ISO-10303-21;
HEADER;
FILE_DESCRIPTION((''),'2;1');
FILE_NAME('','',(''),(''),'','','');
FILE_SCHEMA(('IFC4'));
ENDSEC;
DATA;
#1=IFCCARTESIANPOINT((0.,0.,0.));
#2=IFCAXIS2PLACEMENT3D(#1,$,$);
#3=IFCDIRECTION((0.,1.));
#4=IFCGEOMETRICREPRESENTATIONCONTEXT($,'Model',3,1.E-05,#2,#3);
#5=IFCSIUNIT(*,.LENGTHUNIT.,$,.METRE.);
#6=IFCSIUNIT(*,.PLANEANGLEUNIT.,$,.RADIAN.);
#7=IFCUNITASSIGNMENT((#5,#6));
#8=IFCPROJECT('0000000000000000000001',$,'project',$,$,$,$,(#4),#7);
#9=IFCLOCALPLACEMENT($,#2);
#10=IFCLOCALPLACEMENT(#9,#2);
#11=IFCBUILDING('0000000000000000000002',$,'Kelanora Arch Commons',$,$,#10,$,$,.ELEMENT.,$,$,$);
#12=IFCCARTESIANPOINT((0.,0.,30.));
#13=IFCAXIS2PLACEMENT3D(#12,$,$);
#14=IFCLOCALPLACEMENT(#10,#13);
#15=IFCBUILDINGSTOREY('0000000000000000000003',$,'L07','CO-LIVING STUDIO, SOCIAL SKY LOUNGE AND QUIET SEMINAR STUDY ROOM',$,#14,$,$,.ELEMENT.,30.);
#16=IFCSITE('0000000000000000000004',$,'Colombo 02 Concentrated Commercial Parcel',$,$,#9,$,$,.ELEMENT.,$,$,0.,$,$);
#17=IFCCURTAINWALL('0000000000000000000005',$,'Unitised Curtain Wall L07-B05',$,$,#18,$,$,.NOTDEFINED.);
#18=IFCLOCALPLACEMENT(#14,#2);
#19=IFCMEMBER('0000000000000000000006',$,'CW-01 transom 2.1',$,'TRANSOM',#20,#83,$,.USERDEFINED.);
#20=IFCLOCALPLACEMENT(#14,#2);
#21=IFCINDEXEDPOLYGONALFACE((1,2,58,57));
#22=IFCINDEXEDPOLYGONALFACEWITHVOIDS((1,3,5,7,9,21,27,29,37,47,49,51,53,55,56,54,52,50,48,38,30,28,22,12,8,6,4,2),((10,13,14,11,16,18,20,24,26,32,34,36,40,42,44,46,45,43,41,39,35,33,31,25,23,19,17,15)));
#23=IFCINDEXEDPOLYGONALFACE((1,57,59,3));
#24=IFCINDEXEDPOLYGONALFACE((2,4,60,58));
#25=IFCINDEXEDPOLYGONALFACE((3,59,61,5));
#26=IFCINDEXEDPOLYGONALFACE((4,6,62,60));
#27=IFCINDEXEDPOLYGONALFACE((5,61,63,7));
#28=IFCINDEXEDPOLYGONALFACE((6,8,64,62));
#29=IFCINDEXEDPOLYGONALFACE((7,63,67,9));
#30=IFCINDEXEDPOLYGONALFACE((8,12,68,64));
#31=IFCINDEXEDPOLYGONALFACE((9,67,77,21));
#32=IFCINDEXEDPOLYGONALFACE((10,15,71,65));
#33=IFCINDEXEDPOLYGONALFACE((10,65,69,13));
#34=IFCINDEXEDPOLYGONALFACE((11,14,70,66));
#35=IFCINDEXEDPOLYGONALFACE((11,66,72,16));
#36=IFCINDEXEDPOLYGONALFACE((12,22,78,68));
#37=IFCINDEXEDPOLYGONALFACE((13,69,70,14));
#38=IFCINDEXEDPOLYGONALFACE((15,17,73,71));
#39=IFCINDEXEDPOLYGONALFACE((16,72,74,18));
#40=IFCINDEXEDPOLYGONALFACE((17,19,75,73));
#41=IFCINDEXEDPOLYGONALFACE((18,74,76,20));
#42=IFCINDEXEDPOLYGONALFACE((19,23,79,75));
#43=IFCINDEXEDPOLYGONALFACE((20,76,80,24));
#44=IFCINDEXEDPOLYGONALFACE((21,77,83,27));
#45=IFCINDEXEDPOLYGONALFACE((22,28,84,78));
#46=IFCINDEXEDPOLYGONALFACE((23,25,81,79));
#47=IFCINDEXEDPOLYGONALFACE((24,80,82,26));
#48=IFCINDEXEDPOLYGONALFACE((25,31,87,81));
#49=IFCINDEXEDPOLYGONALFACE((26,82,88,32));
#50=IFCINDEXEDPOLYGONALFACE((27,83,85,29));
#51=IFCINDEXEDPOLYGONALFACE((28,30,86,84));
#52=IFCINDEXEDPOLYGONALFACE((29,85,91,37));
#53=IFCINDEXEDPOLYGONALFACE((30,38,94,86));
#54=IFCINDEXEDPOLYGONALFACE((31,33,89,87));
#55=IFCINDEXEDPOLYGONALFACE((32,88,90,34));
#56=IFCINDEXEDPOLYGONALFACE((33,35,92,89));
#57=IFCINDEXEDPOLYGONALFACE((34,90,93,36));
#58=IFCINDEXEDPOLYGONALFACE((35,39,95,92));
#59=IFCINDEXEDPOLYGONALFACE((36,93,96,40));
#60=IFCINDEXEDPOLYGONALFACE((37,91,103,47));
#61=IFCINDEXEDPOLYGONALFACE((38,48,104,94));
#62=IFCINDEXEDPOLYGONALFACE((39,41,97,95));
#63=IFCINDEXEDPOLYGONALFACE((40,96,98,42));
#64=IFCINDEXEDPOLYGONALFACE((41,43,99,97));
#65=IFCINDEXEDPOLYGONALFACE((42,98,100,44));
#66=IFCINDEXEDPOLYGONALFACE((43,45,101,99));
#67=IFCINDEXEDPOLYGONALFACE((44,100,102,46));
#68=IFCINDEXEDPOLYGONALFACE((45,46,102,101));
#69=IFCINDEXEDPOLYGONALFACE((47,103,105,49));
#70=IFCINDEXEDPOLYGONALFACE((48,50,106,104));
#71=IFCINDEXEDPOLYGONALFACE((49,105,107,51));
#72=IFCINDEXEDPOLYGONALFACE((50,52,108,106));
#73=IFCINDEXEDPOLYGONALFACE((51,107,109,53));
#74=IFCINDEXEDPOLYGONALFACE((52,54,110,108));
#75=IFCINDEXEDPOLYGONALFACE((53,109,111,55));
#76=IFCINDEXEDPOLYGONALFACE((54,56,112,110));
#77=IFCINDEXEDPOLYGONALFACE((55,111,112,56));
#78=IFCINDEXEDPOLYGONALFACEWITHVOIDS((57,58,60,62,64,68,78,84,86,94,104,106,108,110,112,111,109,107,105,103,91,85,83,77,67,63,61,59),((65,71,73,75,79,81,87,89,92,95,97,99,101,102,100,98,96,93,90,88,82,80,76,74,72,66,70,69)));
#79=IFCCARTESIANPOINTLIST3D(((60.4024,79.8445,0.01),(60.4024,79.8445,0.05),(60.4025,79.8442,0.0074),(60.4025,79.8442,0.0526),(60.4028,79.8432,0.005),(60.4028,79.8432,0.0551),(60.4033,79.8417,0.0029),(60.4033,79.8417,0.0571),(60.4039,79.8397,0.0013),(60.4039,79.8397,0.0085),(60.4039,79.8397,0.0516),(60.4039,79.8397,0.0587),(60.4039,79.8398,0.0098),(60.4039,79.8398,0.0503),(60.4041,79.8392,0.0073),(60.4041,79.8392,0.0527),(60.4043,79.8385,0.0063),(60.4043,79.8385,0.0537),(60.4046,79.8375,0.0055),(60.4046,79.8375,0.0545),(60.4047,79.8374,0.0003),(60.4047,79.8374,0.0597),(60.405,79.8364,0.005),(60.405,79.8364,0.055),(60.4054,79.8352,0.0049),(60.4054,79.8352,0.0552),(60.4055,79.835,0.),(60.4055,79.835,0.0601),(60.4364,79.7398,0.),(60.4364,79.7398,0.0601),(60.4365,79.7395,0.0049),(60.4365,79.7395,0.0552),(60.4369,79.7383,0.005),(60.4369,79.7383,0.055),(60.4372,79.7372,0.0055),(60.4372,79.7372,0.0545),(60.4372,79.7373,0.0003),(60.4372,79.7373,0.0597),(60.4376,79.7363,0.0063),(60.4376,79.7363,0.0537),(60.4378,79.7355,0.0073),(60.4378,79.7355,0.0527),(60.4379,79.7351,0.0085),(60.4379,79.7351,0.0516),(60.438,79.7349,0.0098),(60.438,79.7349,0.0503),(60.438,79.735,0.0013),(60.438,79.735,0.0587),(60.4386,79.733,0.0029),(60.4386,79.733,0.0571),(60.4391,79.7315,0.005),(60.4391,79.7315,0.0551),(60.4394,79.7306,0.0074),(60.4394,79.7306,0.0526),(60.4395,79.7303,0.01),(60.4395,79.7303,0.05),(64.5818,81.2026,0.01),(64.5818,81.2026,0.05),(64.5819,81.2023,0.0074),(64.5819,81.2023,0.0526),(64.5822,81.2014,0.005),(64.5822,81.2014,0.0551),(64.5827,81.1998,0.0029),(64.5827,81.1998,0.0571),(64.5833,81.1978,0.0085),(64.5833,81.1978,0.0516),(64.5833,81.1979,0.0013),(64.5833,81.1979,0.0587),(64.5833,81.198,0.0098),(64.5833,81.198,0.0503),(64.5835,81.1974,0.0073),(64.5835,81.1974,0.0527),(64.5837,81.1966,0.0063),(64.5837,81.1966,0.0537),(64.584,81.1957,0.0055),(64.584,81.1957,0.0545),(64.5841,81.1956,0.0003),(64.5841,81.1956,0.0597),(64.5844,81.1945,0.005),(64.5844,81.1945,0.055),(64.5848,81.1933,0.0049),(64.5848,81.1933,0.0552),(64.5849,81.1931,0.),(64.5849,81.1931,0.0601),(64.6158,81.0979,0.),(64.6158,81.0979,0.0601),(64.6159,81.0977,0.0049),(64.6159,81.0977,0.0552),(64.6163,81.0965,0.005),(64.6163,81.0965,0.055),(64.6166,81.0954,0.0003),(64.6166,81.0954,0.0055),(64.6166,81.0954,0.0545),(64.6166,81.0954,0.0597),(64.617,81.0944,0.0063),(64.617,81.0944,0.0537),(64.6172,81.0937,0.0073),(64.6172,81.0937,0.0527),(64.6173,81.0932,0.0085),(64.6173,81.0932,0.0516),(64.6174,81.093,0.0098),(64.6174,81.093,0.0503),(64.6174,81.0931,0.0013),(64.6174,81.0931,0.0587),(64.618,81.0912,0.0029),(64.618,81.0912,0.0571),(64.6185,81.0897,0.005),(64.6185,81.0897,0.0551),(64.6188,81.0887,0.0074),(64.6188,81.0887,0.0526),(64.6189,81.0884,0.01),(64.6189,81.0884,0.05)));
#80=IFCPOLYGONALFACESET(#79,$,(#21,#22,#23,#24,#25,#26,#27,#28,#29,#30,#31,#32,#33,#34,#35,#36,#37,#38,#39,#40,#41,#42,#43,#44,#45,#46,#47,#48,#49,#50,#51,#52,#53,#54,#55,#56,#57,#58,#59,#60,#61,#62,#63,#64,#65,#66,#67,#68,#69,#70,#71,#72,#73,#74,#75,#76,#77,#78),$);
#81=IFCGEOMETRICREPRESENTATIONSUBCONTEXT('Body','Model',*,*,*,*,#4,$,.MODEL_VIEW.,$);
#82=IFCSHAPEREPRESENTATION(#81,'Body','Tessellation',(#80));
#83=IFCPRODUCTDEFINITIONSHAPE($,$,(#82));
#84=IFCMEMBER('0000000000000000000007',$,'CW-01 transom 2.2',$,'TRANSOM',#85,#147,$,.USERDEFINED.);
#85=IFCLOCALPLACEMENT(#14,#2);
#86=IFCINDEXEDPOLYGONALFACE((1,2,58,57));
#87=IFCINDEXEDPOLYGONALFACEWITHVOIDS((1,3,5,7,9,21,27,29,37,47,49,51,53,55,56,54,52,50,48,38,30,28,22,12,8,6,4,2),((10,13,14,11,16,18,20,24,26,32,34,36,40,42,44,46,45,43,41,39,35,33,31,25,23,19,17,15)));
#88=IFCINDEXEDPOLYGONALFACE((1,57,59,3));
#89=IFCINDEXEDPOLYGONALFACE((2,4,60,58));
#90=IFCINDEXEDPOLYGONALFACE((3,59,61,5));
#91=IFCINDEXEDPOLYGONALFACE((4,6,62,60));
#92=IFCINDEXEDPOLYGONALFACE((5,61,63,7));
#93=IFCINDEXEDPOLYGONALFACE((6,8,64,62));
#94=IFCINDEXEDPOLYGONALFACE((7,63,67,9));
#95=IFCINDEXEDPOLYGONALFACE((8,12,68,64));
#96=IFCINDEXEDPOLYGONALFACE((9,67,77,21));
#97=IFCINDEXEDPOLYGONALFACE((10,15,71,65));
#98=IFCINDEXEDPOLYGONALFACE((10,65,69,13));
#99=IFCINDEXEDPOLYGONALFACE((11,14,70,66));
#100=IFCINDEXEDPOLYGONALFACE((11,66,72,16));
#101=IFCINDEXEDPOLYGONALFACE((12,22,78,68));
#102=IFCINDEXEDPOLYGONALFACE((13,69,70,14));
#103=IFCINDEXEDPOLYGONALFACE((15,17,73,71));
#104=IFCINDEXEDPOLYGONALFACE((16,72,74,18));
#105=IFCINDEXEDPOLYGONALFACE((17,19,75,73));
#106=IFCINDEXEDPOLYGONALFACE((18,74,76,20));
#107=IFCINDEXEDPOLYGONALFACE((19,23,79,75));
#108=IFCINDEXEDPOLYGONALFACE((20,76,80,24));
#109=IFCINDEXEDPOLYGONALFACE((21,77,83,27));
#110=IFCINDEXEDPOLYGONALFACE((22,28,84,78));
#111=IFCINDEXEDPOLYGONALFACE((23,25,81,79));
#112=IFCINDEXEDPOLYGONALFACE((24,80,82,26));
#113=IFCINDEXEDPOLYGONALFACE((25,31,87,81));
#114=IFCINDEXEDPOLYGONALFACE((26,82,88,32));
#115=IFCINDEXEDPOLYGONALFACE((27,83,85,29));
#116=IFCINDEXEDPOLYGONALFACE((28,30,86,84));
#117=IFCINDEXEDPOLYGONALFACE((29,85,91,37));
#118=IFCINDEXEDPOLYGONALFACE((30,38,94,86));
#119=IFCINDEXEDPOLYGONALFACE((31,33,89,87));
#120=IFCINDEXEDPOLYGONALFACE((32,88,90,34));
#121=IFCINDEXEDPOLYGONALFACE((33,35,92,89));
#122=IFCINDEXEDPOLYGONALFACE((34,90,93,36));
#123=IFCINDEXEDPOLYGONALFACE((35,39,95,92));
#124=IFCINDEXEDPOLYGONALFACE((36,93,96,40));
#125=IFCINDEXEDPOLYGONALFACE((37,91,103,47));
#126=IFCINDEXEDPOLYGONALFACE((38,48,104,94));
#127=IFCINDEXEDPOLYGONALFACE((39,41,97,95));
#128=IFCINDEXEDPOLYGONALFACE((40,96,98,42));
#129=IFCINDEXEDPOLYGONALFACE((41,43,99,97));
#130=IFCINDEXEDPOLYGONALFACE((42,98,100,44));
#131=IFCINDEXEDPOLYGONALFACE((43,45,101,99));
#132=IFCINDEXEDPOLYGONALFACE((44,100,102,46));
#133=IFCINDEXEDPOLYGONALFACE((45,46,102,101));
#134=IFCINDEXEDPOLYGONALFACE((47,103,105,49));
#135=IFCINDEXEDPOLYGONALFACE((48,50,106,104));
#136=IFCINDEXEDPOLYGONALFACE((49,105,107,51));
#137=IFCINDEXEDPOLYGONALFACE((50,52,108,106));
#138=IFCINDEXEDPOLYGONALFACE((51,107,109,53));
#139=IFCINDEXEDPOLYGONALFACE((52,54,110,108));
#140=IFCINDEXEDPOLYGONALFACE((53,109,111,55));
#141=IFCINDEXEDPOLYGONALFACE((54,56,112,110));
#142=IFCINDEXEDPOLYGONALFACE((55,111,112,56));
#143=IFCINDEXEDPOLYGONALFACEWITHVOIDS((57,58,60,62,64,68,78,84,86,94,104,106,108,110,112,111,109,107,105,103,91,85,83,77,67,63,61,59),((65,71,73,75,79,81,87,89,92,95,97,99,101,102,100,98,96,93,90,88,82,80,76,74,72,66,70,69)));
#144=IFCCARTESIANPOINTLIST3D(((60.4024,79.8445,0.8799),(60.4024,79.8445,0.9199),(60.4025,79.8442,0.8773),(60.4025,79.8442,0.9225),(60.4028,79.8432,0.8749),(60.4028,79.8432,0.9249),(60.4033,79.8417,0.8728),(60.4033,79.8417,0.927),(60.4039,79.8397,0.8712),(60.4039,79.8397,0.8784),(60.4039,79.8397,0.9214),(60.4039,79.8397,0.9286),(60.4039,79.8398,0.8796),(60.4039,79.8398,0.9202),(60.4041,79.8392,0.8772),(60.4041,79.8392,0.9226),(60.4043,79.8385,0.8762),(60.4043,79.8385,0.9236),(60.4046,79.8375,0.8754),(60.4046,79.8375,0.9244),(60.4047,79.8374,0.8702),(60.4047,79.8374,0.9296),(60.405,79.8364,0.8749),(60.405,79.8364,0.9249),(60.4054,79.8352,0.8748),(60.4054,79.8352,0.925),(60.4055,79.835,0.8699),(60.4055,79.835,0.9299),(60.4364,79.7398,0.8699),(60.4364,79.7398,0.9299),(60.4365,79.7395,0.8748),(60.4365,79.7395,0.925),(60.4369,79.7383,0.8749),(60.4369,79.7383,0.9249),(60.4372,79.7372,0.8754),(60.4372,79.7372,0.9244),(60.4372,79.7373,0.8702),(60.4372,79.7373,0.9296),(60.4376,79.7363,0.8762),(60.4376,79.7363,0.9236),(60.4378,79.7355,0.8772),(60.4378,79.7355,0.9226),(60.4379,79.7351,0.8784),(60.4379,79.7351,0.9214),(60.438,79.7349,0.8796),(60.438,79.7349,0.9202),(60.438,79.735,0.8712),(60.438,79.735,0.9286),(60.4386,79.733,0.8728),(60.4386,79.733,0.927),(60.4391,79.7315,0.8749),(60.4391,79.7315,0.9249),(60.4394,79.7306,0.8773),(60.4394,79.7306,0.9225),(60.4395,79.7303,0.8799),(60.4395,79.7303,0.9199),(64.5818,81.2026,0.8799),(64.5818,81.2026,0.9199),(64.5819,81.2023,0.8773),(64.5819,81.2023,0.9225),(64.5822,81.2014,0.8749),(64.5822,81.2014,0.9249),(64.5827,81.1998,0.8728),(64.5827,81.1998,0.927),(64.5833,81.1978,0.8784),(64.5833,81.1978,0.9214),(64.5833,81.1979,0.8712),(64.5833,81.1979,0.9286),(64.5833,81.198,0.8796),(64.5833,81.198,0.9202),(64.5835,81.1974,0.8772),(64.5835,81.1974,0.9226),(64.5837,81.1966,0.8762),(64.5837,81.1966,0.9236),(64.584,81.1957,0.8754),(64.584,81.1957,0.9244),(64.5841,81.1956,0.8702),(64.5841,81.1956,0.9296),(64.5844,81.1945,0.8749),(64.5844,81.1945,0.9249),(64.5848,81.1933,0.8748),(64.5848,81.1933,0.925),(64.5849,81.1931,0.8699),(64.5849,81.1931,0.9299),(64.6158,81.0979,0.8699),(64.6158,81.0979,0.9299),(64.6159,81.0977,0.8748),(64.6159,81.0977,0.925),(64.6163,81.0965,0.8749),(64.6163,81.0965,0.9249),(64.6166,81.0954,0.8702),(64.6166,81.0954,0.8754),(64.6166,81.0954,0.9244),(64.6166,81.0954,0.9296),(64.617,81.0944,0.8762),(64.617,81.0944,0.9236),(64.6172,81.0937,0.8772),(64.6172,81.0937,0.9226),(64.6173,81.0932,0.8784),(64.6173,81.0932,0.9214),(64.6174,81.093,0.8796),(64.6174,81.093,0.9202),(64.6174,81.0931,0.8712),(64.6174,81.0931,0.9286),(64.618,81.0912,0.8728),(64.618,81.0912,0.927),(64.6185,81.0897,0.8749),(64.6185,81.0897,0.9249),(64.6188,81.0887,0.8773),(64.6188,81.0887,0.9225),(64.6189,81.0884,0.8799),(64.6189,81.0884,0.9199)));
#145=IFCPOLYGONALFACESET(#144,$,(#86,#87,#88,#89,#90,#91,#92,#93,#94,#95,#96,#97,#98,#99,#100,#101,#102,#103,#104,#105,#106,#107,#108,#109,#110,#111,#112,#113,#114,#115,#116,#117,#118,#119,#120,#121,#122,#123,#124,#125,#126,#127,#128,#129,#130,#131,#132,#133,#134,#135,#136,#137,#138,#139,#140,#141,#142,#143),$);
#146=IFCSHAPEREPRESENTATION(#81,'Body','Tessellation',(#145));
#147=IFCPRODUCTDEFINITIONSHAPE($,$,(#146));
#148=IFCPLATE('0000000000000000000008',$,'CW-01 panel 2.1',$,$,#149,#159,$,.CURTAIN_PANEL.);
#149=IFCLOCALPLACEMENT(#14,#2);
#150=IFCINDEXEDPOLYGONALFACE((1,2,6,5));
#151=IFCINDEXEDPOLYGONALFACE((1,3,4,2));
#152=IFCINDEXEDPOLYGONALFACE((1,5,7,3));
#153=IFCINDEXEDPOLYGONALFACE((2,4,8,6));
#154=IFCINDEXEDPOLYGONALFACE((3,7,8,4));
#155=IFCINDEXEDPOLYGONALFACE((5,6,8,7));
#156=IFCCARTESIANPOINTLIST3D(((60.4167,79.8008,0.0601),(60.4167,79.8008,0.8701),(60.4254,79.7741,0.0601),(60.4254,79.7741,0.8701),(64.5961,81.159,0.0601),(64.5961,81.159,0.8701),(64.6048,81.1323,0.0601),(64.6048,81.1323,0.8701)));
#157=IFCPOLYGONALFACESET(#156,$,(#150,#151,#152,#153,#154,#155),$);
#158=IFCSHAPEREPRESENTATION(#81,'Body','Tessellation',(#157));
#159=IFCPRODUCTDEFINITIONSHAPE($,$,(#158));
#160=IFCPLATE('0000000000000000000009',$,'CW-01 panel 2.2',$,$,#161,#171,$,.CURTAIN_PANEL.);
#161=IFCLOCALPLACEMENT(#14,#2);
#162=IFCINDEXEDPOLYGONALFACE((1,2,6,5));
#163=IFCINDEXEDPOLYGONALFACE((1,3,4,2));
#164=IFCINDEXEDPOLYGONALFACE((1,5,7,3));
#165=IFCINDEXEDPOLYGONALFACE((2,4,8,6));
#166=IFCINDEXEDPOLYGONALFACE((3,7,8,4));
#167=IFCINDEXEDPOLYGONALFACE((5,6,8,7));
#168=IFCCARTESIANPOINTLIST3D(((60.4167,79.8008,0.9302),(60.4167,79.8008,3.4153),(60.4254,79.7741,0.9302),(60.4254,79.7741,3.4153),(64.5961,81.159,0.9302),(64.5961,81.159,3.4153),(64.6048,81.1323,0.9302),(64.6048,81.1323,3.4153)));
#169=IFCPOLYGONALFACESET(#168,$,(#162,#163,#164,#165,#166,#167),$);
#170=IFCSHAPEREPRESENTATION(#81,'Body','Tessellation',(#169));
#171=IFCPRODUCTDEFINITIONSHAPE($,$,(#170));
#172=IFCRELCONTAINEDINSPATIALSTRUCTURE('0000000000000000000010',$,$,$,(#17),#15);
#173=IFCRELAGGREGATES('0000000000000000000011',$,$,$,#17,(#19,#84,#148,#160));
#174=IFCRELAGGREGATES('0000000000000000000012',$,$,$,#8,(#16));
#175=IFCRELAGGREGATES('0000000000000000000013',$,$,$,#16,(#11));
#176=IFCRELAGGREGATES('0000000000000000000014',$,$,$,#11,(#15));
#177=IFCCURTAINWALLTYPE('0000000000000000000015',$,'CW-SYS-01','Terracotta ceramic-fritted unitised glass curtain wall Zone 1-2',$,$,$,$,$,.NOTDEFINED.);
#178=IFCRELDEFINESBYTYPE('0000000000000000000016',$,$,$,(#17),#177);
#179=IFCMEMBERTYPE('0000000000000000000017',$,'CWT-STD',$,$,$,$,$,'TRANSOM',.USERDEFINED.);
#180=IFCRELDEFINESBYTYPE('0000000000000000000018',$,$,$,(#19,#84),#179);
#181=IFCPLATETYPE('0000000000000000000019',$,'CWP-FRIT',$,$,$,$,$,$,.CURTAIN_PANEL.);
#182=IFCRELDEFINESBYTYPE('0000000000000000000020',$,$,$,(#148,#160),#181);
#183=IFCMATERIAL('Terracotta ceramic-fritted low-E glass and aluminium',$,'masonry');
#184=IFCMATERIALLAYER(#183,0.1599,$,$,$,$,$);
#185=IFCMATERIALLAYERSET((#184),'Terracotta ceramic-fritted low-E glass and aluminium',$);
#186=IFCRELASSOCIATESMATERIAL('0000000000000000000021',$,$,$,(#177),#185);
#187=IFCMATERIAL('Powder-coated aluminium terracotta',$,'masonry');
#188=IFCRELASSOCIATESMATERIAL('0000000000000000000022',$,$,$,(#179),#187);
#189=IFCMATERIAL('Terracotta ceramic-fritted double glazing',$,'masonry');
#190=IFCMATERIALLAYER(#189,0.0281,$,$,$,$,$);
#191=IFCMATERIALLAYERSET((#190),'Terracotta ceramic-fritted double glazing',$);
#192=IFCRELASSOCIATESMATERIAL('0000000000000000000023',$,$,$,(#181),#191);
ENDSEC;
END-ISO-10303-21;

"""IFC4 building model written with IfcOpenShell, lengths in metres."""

from ifc_helpers import new_model, si_unit, direction, frame, origin, origin_2d, place, context, subcontext, project, spatial, rectangle, hollow_rectangle, extrude, source, transform, mapped, material, layer, layer_set, material_profile, profile_set, type_object, element, aggregate, save


model = new_model("IFC4")

# Units and contexts
model_context = context("Model", 3, precision=1e-05, world=origin(), true_north=direction((0.0, 1.0)))
body_context = subcontext(model_context, "Body", "Model", "MODEL_VIEW")
ifc_project = project(units=[si_unit("LENGTHUNIT", "METRE"), si_unit("PLANEANGLEUNIT", "RADIAN")], contexts=[model_context])

# Site, building, storey
site_placement = place(None, origin())
site = spatial("IfcSite", under=ifc_project, at=site_placement, Name="Colombo 02 Concentrated Commercial Parcel", CompositionType="ELEMENT", RefElevation=0.0)
building_placement = place(site_placement, origin())
building = spatial("IfcBuilding", under=site, at=building_placement, Name="Kelanora Arch Commons", CompositionType="ELEMENT")
storey_placement = place(building_placement, frame((0.0, 0.0, 30.0)))
storey = spatial("IfcBuildingStorey", under=building, at=storey_placement, Name="L07", Description="CO-LIVING STUDIO, SOCIAL SKY LOUNGE AND QUIET SEMINAR STUDY ROOM", CompositionType="ELEMENT", Elevation=30.0)

# Curtain wall, members, plates
ifc_material_1 = material(Name="Terracotta ceramic-fritted low-E glass and aluminium", Category="masonry")
ifc_layer_1 = layer(ifc_material_1, 0.1599)
ifc_layer_set_1 = layer_set([ifc_layer_1], Name="Terracotta ceramic-fritted low-E glass and aluminium")
curtain_wall_type = type_object("IfcCurtainWallType", Name="CW-SYS-01", Description="Terracotta ceramic-fritted unitised glass curtain wall Zone 1-2", PredefinedType="NOTDEFINED", material=ifc_layer_set_1)
curtain_wall_placement = place(storey_placement, origin())
curtain_wall = element("IfcCurtainWall", 1, at=curtain_wall_placement, inside=storey, type_object=curtain_wall_type, Name="Unitised Curtain Wall L07-B05", PredefinedType="NOTDEFINED")
ifc_material_2 = material(Name="Powder-coated aluminium terracotta", Category="masonry")
ifc_material_profile_1 = material_profile(ifc_material_2, hollow_rectangle(XDim=0.1201, YDim=0.0601, WallThickness=0.0049, InnerFilletRadius=0.0049, OuterFilletRadius=0.01, at=origin_2d()), Name="CWT120x60")
ifc_profile_set_1 = profile_set([ifc_material_profile_1], Name="Powder-coated aluminium terracotta")
member_type_1 = type_object("IfcMemberType", Name="CWT-STD", ElementType="TRANSOM", PredefinedType="USERDEFINED", material=ifc_profile_set_1)
member_1_placement = place(storey_placement, frame((64.6003, 81.1455, 0.03), z_axis=(-0.951045, -0.309052, 0.0), x_axis=(0.309052, -0.951045, 0.0)))
member_1 = element("IfcMember", 2, at=member_1_placement, type_object=member_type_1, Name="CW-01 transom 2.1", ObjectType="TRANSOM", PredefinedType="USERDEFINED", context=body_context, shape_type="SweptSolid", body=[
    extrude(hollow_rectangle(XDim=0.1201, YDim=0.0601, WallThickness=0.0049, InnerFilletRadius=0.0049, OuterFilletRadius=0.01, at=origin_2d()), origin(), (0.0, 0.0, 1.0), 4.3945),
])
member_2_placement = place(storey_placement, frame((64.6003, 81.1455, 0.8999), z_axis=(-0.951045, -0.309052, 0.0), x_axis=(0.309052, -0.951045, 0.0)))
member_2 = element("IfcMember", 3, at=member_2_placement, type_object=member_type_1, Name="CW-01 transom 2.2", ObjectType="TRANSOM", PredefinedType="USERDEFINED", context=body_context, shape_type="SweptSolid", body=[
    extrude(hollow_rectangle(XDim=0.1201, YDim=0.0601, WallThickness=0.0049, InnerFilletRadius=0.0049, OuterFilletRadius=0.01, at=origin_2d()), origin(), (0.0, 0.0, 1.0), 4.3945),
])
ifc_material_3 = material(Name="Terracotta ceramic-fritted double glazing", Category="masonry")
ifc_layer_2 = layer(ifc_material_3, 0.0281)
ifc_layer_set_2 = layer_set([ifc_layer_2], Name="Terracotta ceramic-fritted double glazing")
plate_type = type_object("IfcPlateType", Name="CWP-FRIT", PredefinedType="CURTAIN_PANEL", material=ifc_layer_set_2)
shared_shape_1 = source(origin(), body_context, "Body", "SweptSolid", [
    extrude(rectangle(XDim=4.3945, YDim=0.0281, at=origin_2d()), origin(), (0.0, 0.0, 1.0), 0.8101),
])
plate_1_placement = place(storey_placement, frame((62.5107, 80.4666, 0.0601), z_axis=(0.0, 0.0, 1.0), x_axis=(-0.951043, -0.309058, 0.0)))
plate_1 = element("IfcPlate", 4, at=plate_1_placement, type_object=plate_type, Name="CW-01 panel 2.1", PredefinedType="CURTAIN_PANEL", context=body_context, shape_type="MappedRepresentation", body=[
    mapped(shared_shape_1, transform((0.0, 0.0, 0.0), scale=1.0)),
])
shared_shape_2 = source(origin(), body_context, "Body", "SweptSolid", [
    extrude(rectangle(XDim=4.3945, YDim=0.0281, at=origin_2d()), origin(), (0.0, 0.0, 1.0), 2.4851),
])
plate_2_placement = place(storey_placement, frame((62.5107, 80.4666, 0.9302), z_axis=(0.0, 0.0, 1.0), x_axis=(-0.951043, -0.309058, 0.0)))
plate_2 = element("IfcPlate", 5, at=plate_2_placement, type_object=plate_type, Name="CW-01 panel 2.2", PredefinedType="CURTAIN_PANEL", context=body_context, shape_type="MappedRepresentation", body=[
    mapped(shared_shape_2, transform((0.0, 0.0, 0.0), scale=1.0)),
])
aggregate(curtain_wall, [member_1, member_2, plate_1, plate_2])

save(model, "model.ifc")
